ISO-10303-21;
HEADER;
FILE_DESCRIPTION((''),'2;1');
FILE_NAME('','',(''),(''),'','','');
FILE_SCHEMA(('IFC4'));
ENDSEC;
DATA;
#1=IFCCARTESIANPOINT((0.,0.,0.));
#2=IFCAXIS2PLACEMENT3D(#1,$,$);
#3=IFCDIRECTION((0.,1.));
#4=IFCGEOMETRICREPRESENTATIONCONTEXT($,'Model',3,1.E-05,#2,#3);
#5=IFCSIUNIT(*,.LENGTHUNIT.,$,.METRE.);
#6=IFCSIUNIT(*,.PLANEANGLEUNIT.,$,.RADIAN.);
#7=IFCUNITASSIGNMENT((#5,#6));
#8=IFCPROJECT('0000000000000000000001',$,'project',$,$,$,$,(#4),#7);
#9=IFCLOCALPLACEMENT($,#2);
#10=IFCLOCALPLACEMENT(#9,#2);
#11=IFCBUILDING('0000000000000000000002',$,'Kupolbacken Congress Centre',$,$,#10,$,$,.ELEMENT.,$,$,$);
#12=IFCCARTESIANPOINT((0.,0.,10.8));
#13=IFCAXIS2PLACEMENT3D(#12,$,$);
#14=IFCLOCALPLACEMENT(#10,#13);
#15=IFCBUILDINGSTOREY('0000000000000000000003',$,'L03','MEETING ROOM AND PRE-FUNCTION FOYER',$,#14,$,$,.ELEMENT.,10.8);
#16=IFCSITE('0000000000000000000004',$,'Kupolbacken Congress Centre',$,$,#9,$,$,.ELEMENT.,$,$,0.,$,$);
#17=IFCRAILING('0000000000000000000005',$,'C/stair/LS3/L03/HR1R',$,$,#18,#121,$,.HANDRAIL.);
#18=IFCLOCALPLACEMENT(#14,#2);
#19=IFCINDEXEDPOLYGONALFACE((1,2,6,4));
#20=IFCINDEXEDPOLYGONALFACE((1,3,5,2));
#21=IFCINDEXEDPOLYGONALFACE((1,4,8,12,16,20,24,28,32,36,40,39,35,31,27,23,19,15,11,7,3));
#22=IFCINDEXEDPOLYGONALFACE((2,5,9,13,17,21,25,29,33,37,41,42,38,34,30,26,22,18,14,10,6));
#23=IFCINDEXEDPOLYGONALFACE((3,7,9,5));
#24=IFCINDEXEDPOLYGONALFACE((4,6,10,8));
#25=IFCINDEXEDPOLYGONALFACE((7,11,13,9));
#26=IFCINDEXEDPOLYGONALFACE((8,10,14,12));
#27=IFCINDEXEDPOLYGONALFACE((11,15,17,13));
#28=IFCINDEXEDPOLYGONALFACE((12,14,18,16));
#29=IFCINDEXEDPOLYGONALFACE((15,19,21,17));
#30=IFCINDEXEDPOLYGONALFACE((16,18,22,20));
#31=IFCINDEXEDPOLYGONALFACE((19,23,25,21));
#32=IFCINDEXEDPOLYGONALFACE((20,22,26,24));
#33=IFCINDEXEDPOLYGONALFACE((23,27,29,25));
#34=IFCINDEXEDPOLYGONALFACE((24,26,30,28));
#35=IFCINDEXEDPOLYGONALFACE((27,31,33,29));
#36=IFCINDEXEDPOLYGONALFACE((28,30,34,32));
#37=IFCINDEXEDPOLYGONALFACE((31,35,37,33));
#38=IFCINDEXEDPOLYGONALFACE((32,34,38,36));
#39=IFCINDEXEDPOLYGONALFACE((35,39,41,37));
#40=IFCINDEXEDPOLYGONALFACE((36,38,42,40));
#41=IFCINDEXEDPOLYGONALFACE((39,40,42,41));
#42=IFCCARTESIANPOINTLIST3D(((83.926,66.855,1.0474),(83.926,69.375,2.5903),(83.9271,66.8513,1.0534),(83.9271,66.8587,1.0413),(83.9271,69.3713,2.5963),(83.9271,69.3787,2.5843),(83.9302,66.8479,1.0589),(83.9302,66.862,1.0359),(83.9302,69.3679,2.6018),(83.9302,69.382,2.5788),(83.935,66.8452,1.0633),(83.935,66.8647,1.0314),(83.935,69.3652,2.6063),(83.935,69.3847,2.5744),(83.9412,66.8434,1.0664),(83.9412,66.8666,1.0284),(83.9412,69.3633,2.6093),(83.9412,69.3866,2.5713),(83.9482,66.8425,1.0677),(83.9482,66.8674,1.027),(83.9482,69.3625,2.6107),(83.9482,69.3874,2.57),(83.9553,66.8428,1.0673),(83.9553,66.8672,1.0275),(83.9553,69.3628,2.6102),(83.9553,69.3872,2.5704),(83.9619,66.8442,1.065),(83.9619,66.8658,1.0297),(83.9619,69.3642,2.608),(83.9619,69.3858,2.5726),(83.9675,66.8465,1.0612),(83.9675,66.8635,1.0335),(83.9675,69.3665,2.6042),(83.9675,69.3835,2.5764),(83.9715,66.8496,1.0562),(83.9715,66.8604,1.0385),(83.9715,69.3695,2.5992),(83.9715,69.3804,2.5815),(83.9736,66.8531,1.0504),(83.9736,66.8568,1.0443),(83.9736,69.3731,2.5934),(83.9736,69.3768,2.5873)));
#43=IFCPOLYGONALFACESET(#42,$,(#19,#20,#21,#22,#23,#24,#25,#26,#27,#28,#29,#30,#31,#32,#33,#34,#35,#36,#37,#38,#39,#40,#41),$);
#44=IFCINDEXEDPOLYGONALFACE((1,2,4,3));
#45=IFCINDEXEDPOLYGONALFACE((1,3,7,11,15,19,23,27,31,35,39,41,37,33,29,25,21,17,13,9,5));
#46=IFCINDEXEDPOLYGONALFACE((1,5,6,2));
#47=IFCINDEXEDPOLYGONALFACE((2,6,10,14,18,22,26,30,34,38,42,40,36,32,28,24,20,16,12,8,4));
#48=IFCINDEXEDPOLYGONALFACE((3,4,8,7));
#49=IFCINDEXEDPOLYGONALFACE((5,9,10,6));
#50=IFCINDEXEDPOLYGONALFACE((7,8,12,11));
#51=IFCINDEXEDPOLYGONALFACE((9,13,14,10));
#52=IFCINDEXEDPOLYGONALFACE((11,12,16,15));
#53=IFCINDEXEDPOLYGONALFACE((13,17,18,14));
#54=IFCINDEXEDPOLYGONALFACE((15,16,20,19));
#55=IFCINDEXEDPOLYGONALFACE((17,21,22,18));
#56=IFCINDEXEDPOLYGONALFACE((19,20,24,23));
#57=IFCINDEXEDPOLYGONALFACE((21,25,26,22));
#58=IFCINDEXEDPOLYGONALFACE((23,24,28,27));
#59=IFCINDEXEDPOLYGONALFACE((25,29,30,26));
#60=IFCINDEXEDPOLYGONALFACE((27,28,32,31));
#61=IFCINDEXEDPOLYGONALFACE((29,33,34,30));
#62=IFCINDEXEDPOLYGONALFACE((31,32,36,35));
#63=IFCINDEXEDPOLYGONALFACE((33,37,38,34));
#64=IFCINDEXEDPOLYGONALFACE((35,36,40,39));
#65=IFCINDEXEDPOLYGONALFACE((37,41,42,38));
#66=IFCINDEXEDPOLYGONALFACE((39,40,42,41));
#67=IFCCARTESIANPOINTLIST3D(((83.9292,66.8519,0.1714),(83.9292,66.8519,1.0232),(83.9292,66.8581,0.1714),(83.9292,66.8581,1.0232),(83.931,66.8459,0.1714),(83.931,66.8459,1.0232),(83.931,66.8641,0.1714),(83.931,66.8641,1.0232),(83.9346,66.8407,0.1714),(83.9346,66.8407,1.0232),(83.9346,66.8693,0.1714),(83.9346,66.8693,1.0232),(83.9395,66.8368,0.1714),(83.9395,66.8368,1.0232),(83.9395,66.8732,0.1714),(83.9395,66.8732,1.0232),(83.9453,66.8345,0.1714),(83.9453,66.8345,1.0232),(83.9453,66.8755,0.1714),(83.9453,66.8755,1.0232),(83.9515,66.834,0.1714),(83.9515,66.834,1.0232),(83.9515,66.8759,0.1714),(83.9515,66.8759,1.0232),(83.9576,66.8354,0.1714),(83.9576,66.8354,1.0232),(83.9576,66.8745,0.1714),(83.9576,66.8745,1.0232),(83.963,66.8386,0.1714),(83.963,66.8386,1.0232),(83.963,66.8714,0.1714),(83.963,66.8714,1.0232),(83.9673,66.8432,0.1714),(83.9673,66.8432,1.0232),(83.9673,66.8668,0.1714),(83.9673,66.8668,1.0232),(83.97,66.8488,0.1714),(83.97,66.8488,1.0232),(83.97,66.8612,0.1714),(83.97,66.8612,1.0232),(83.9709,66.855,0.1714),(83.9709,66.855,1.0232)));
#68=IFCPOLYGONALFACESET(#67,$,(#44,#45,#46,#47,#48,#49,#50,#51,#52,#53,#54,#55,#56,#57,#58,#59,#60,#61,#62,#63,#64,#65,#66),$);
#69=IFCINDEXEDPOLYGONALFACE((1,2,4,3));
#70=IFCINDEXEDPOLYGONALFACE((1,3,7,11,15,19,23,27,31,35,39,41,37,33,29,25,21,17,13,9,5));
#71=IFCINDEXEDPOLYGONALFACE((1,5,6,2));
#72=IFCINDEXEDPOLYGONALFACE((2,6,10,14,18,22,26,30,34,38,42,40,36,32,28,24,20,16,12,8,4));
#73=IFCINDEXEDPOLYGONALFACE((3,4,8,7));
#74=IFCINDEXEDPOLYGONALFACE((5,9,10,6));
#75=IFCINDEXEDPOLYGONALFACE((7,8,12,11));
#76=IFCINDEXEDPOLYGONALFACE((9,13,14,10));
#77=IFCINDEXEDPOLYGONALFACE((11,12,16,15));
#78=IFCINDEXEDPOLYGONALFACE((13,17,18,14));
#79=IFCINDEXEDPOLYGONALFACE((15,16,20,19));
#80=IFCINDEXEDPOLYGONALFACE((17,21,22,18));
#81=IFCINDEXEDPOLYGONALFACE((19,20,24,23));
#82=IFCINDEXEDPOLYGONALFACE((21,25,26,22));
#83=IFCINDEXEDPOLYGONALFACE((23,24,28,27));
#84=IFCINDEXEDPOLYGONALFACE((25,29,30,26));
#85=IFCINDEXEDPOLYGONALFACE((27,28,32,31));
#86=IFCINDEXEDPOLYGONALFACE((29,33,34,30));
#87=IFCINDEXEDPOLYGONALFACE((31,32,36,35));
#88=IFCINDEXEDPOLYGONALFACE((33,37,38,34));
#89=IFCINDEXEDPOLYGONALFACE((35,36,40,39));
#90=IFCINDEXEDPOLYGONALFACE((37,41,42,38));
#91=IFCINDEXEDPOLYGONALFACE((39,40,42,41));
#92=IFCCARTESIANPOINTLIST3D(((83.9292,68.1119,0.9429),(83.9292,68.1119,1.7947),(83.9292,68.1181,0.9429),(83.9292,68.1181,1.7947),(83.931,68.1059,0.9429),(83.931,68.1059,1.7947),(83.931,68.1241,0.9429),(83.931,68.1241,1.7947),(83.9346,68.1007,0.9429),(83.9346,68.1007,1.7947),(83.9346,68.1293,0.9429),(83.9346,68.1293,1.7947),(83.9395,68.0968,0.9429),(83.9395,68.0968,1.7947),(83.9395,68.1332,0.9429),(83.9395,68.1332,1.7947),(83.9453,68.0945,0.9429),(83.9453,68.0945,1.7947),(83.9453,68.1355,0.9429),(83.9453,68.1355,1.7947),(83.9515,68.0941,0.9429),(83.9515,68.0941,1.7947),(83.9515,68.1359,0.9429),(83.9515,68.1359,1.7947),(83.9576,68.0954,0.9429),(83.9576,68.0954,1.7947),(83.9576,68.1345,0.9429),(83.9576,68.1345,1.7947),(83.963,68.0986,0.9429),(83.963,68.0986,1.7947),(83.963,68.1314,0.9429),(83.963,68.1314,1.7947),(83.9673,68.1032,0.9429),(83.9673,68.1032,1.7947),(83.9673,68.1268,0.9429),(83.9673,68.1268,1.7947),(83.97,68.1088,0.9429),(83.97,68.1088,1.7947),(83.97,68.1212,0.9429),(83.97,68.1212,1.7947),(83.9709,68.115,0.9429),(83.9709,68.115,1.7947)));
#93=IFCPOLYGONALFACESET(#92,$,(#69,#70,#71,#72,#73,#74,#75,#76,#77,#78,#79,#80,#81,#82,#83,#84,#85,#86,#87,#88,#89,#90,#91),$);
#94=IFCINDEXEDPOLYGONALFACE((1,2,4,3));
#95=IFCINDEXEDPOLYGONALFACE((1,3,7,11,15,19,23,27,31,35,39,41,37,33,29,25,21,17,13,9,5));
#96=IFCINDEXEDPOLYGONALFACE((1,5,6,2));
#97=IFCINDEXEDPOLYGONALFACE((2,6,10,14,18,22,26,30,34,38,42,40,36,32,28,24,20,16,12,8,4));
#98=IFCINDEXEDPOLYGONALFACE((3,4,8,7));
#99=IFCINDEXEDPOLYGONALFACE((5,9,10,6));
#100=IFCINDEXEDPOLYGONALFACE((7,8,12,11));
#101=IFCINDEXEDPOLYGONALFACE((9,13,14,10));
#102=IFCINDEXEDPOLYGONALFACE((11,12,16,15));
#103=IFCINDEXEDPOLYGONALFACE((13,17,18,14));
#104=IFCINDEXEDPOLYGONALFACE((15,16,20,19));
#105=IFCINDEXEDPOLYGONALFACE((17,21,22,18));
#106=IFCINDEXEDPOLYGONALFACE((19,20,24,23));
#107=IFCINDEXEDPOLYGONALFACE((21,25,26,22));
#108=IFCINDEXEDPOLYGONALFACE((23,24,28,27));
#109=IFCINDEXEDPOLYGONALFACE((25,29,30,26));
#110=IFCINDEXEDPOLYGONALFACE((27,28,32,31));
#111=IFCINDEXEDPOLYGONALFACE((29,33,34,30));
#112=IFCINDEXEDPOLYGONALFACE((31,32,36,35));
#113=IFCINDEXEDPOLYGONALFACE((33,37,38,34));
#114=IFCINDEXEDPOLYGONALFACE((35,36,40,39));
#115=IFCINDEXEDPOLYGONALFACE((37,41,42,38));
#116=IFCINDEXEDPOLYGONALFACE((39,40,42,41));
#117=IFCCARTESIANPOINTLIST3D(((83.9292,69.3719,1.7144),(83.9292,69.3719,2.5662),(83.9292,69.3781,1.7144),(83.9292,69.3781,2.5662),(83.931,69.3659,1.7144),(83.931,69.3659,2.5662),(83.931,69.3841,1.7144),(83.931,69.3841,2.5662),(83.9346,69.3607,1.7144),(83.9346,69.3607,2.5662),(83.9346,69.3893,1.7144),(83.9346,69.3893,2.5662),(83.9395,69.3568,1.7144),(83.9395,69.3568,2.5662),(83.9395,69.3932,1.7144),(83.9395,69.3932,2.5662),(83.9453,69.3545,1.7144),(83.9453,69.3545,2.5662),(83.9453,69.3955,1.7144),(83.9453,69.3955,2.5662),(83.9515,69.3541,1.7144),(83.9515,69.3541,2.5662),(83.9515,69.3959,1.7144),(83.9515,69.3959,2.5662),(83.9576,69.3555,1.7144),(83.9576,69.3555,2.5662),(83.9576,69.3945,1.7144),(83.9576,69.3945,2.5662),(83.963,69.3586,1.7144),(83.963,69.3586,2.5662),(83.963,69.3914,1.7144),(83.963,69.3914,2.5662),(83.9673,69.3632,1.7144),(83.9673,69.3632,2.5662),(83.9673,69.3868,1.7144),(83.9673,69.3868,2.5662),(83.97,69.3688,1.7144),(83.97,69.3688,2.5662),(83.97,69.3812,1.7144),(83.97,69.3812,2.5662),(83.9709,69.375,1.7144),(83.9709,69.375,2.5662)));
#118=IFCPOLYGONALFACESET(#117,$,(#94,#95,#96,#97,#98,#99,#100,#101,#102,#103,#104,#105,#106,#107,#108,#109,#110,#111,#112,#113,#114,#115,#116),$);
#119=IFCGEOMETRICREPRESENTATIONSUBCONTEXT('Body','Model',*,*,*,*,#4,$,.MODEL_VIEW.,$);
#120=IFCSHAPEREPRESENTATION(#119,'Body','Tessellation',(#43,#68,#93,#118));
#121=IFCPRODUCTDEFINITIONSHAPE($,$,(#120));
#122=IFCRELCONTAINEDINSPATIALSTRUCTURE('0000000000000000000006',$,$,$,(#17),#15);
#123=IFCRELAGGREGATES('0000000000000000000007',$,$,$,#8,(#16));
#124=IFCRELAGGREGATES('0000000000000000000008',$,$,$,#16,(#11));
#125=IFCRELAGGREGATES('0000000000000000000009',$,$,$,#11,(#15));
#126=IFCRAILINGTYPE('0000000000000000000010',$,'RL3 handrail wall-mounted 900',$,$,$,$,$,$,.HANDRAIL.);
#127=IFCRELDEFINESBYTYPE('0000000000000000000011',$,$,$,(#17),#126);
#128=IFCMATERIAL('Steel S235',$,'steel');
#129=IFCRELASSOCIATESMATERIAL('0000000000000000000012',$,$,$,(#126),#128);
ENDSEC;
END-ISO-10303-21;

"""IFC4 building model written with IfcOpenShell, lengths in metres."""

from ifc_helpers import new_model, si_unit, direction, frame, origin, origin_2d, place, context, subcontext, project, spatial, circle, extrude, material, type_object, element, save


model = new_model("IFC4")

# Units and contexts
model_context = context("Model", 3, precision=1e-05, world=origin(), true_north=direction((0.0, 1.0)))
body_context = subcontext(model_context, "Body", "Model", "MODEL_VIEW")
ifc_project = project(units=[si_unit("LENGTHUNIT", "METRE"), si_unit("PLANEANGLEUNIT", "RADIAN")], contexts=[model_context])

# Site, building, storey
site_placement = place(None, origin())
site = spatial("IfcSite", under=ifc_project, at=site_placement, Name="Kupolbacken Congress Centre", CompositionType="ELEMENT", RefElevation=0.0)
building_placement = place(site_placement, origin())
building = spatial("IfcBuilding", under=site, at=building_placement, Name="Kupolbacken Congress Centre", CompositionType="ELEMENT")
storey_placement = place(building_placement, frame((0.0, 0.0, 10.8)))
storey = spatial("IfcBuildingStorey", under=building, at=storey_placement, Name="L03", Description="MEETING ROOM AND PRE-FUNCTION FOYER", CompositionType="ELEMENT", Elevation=10.8)

# Railing
ifc_material_1 = material(Name="Steel S235", Category="steel")
railing_type = type_object("IfcRailingType", Name="RL3 handrail wall-mounted 900", PredefinedType="HANDRAIL", material=ifc_material_1)
for number, where, name in (
    (1, (83.95, 66.855, 0.1714), "C/stair/LS3/L03/HR1R"),
):
    element("IfcRailing", number, at=place(storey_placement, frame(where)), inside=storey, type_object=railing_type, Name=name, PredefinedType="HANDRAIL", context=body_context, shape_type="SweptSolid", body=[
        extrude(circle(Radius=0.0239, at=origin_2d()), frame((0.0, 0.0, 0.876), z_axis=(0.0, 0.852836, 0.522178), x_axis=(-1.0, 0.0, 0.0)), (0.0, 0.0, 1.0), 2.9548),
        extrude(circle(Radius=0.021, at=origin_2d()), origin(), (0.0, 0.0, 1.0), 0.8518),
        extrude(circle(Radius=0.021, at=origin_2d()), frame((0.0, 1.26, 0.7715)), (0.0, 0.0, 1.0), 0.8518),
        extrude(circle(Radius=0.021, at=origin_2d()), frame((0.0, 2.52, 1.543)), (0.0, 0.0, 1.0), 0.8518),
    ])

save(model, "model.ifc")
